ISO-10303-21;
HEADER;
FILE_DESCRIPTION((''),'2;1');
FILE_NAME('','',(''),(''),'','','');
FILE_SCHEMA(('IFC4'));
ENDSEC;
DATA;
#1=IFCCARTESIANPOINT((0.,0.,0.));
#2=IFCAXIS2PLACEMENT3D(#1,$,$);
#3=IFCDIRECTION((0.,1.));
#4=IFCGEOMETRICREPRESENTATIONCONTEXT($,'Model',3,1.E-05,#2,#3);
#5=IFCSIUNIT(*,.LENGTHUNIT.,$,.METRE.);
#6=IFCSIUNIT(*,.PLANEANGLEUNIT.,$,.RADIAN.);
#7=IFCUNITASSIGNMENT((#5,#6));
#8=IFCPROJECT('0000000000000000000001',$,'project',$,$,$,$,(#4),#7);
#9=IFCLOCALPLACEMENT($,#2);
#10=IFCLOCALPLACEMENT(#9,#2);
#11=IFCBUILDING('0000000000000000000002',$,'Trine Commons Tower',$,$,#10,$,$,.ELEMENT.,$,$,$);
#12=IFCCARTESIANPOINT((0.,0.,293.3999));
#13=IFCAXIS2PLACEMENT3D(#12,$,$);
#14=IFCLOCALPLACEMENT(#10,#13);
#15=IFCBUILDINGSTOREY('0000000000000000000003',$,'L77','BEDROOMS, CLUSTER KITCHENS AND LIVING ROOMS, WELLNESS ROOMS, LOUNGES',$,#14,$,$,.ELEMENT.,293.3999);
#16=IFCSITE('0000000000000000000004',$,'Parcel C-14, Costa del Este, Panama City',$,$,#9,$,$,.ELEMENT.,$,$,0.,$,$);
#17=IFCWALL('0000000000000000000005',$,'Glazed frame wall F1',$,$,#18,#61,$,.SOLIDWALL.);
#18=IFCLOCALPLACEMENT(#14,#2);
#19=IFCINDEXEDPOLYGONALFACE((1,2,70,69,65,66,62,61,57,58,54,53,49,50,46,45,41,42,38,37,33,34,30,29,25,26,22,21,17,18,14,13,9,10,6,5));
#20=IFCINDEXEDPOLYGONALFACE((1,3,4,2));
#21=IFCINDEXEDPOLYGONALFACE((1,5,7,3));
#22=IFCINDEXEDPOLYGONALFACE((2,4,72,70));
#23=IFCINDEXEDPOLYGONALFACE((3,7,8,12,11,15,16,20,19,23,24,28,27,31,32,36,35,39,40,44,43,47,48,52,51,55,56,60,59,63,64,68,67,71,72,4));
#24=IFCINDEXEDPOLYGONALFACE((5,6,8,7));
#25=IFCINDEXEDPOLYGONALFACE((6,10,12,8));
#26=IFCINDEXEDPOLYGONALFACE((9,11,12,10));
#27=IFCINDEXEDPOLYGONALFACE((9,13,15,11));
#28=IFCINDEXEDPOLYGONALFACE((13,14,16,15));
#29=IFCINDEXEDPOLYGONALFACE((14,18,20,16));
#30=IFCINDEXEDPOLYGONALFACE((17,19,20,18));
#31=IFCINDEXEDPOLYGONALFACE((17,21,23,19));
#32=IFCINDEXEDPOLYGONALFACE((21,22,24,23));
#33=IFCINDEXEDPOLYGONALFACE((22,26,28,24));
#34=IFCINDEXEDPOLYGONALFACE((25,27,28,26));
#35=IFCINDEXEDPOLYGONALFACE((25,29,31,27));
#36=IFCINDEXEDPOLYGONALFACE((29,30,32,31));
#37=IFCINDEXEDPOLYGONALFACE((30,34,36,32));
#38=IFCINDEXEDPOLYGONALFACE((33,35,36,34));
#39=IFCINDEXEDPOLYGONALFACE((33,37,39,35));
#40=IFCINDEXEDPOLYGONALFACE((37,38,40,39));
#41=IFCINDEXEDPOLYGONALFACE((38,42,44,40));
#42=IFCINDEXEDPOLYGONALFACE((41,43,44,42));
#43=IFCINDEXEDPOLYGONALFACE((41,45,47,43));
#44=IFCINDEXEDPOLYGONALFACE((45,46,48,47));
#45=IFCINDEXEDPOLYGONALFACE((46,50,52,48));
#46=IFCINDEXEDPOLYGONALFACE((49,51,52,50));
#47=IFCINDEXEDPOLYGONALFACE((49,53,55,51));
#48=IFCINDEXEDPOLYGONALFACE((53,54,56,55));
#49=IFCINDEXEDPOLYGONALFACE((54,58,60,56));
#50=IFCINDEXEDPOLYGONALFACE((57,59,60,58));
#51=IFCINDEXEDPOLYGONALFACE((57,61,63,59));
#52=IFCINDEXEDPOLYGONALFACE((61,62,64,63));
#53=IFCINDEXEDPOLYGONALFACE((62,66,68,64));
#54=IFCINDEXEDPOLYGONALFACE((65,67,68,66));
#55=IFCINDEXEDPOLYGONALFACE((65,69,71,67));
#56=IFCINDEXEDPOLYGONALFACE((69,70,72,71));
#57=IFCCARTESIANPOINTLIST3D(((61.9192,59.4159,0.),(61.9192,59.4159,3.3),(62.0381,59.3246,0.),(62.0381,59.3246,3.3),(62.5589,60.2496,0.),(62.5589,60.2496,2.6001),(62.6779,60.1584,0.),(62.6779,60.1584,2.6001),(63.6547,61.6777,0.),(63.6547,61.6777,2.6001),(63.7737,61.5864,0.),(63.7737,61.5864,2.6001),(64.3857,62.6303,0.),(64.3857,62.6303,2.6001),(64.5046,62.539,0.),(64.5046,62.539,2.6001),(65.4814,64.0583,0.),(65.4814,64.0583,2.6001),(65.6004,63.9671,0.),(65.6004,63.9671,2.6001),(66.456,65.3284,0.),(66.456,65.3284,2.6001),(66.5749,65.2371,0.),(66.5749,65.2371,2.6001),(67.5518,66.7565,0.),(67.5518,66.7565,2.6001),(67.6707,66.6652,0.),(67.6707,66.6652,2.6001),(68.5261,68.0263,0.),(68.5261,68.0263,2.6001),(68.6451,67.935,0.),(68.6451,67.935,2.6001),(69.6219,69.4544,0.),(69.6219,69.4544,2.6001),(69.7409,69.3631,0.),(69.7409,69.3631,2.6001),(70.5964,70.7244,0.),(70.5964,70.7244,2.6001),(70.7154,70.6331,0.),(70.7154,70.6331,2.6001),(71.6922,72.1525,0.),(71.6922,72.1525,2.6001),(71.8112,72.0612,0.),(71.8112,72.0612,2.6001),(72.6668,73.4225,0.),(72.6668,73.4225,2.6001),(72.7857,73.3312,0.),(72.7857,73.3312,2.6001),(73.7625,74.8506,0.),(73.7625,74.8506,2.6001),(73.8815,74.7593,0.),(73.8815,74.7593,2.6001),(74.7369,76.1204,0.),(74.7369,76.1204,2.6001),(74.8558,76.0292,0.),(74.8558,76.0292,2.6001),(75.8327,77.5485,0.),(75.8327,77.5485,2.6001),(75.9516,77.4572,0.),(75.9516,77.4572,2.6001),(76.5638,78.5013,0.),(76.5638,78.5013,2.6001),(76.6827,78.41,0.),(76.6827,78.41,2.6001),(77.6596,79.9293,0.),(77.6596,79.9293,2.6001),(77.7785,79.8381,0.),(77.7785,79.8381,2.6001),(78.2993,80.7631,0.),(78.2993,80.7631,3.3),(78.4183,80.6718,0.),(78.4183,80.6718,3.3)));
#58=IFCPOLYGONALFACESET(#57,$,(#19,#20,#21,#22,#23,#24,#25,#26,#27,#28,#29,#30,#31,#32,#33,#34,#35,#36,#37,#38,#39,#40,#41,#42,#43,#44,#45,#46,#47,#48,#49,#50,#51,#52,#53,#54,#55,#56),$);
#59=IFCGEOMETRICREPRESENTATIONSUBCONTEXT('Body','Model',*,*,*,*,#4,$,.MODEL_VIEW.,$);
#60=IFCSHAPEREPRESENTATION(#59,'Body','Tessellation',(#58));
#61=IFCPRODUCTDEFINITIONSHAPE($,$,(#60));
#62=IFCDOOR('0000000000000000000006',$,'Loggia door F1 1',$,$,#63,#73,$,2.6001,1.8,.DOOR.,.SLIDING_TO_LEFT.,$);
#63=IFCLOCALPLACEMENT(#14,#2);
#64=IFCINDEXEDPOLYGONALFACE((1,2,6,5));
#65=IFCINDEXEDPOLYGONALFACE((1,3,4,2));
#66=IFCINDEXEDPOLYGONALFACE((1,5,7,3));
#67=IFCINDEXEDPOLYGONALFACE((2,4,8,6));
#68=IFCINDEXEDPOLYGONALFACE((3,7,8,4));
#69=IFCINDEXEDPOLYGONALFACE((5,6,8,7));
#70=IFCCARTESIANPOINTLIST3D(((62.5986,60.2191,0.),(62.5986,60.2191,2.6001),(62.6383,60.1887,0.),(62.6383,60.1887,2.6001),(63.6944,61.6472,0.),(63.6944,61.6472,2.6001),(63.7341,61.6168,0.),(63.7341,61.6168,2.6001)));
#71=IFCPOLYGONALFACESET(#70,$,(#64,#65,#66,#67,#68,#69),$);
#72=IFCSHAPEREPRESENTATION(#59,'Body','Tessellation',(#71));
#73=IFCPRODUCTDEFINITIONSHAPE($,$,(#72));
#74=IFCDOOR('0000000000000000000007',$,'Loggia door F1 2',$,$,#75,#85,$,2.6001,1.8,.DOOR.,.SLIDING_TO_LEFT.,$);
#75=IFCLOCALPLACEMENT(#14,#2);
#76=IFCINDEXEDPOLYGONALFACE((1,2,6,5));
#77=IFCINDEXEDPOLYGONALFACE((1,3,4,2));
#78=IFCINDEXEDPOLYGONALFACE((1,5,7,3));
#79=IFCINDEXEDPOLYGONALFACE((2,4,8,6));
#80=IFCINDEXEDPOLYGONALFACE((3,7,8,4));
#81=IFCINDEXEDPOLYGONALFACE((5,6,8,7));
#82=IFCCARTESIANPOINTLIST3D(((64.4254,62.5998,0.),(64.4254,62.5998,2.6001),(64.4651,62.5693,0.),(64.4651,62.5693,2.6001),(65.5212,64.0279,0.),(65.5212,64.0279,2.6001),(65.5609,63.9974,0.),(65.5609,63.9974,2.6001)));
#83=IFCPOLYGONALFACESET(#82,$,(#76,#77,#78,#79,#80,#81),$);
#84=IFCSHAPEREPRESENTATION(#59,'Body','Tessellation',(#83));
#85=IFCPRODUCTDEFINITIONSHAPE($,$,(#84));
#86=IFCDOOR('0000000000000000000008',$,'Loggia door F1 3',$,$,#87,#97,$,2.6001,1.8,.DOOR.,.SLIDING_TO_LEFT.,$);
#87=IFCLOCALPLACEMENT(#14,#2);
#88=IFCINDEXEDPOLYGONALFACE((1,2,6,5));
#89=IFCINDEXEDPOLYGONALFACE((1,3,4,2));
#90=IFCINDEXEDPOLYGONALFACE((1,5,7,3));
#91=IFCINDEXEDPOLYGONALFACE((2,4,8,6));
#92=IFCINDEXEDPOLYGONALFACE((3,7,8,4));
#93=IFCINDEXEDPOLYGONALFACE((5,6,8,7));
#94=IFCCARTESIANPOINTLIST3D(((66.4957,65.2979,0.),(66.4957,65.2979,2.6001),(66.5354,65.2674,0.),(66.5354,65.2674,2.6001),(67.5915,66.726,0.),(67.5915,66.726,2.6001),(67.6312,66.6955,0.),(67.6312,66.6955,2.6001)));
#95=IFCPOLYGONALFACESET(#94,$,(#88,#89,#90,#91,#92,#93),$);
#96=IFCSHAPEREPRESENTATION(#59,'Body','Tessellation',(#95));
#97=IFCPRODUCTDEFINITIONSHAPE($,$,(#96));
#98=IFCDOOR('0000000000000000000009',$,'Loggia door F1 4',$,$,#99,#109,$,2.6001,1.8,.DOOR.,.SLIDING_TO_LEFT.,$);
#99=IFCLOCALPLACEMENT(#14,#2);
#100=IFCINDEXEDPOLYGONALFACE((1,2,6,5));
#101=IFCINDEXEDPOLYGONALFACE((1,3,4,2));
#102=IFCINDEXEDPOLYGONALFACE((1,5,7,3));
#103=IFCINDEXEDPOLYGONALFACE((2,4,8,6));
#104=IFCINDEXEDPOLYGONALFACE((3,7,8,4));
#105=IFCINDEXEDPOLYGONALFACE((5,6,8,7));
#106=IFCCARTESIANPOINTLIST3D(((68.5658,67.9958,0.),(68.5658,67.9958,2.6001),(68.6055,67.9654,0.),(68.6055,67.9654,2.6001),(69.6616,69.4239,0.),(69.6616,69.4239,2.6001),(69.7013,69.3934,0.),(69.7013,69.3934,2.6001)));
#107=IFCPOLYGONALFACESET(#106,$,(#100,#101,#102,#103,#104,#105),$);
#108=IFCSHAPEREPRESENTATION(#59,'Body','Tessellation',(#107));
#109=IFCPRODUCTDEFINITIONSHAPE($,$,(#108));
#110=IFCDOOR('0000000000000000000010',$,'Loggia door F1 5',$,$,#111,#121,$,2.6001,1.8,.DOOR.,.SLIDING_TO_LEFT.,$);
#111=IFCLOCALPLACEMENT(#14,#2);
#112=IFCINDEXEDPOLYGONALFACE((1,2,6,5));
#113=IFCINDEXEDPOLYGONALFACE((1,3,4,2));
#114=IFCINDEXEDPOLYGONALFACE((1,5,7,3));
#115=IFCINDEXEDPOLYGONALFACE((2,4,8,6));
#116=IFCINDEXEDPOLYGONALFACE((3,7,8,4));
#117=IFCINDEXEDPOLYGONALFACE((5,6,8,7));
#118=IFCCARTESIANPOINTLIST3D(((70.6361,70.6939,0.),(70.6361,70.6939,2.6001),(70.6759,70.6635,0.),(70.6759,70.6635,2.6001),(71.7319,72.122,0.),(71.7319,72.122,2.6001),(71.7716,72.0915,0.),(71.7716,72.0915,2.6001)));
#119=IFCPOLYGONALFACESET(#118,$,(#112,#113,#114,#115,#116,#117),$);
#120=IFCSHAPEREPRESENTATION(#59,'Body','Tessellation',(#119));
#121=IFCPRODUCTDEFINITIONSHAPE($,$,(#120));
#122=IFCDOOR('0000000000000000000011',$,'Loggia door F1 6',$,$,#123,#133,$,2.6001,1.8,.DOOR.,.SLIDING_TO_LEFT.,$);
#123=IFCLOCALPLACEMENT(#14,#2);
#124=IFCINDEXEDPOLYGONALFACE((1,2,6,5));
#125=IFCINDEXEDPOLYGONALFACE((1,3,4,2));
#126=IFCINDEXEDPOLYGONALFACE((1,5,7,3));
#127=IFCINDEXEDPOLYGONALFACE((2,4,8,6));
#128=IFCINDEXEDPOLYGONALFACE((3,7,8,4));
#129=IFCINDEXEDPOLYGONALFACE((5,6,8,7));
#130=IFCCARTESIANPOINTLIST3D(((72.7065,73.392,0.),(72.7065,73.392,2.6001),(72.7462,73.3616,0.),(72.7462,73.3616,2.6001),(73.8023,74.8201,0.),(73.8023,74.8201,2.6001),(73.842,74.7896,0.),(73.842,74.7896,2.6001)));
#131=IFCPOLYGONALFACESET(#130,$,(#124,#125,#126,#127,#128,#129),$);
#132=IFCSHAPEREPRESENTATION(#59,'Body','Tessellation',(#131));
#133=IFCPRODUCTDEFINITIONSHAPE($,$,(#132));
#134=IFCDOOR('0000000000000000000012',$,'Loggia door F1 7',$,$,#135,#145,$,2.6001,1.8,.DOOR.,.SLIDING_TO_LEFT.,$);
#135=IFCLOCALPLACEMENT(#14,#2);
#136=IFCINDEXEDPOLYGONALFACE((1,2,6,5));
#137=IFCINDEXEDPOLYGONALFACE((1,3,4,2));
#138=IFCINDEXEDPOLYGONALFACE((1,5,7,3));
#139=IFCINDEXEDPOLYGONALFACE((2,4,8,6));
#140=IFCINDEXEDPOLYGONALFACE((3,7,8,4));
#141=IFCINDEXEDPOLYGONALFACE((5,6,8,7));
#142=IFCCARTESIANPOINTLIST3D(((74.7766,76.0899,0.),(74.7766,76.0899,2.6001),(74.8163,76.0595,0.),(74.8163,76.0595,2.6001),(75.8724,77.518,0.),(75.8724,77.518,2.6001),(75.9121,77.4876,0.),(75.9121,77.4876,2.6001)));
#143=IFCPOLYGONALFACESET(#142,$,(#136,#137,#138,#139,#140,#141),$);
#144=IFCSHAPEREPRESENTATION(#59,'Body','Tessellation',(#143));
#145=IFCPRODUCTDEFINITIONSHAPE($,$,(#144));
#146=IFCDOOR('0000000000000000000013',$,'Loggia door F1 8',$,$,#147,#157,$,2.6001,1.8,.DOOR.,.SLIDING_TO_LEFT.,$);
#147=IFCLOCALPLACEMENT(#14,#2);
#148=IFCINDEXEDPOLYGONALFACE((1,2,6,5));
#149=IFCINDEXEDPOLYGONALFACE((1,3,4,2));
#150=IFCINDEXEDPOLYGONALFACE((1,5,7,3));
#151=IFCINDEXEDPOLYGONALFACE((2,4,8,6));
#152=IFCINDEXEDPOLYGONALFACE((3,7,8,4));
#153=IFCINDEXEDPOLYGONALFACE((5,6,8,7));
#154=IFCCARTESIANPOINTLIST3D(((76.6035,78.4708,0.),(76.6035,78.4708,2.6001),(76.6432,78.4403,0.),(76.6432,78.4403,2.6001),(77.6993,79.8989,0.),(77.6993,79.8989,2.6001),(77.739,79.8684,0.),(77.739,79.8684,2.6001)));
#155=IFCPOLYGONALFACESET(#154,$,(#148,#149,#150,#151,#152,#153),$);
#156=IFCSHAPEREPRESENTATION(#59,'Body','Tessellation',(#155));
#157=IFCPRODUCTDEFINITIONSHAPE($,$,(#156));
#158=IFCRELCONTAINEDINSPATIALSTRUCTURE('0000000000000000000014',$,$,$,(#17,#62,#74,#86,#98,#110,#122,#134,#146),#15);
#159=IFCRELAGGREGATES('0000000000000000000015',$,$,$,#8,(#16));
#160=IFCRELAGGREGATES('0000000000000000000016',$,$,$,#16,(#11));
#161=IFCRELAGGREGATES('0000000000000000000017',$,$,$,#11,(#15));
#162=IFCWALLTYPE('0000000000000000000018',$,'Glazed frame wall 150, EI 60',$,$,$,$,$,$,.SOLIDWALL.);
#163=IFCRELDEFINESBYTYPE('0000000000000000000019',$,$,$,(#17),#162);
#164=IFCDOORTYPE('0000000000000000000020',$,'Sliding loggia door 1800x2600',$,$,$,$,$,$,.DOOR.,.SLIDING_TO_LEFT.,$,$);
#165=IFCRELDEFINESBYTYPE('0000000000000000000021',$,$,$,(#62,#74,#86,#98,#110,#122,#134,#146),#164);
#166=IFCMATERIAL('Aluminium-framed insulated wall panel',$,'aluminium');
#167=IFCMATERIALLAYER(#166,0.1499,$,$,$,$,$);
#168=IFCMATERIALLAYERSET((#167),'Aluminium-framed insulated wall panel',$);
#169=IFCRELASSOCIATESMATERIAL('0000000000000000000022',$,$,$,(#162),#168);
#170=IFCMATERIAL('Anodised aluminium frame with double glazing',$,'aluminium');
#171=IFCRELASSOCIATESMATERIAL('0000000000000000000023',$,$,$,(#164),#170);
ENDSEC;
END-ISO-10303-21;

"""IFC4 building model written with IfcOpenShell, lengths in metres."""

from ifc_helpers import new_model, si_unit, direction, frame, frame_2d, origin, place, context, subcontext, project, spatial, polyline, rectangle, outline, extrude, material, layer, layer_set, type_object, element, fill, save


model = new_model("IFC4")

# Units and contexts
model_context = context("Model", 3, precision=1e-05, world=origin(), true_north=direction((0.0, 1.0)))
body_context = subcontext(model_context, "Body", "Model", "MODEL_VIEW")
ifc_project = project(units=[si_unit("LENGTHUNIT", "METRE"), si_unit("PLANEANGLEUNIT", "RADIAN")], contexts=[model_context])

# Site, building, storey
site_placement = place(None, origin())
site = spatial("IfcSite", under=ifc_project, at=site_placement, Name="Parcel C-14, Costa del Este, Panama City", CompositionType="ELEMENT", RefElevation=0.0)
building_placement = place(site_placement, origin())
building = spatial("IfcBuilding", under=site, at=building_placement, Name="Trine Commons Tower", CompositionType="ELEMENT")
storey_placement = place(building_placement, frame((0.0, 0.0, 293.3999)))
storey = spatial("IfcBuildingStorey", under=building, at=storey_placement, Name="L77", Description="BEDROOMS, CLUSTER KITCHENS AND LIVING ROOMS, WELLNESS ROOMS, LOUNGES", CompositionType="ELEMENT", Elevation=293.3999)

# Wall, openings, doors
ifc_material_1 = material(Name="Aluminium-framed insulated wall panel", Category="aluminium")
ifc_layer_1 = layer(ifc_material_1, 0.1499)
ifc_layer_set_1 = layer_set([ifc_layer_1], Name="Aluminium-framed insulated wall panel")
wall_type_1 = type_object("IfcWallType", Name="Glazed frame wall 150, EI 60", PredefinedType="SOLIDWALL", material=ifc_layer_set_1)
wall_1_placement = place(storey_placement, frame((61.8877, 59.2517, 0.0), z_axis=(0.0, 0.0, 1.0), x_axis=(0.608758, 0.793356, 0.0)))
wall_1 = element("IfcWall", 1, at=wall_1_placement, inside=storey, type_object=wall_type_1, Name="Glazed frame wall F1", PredefinedType="SOLIDWALL", context=body_context, shape_type="SweptSolid", body=[
    extrude(outline(polyline([(0.1494, 0.075), (0.1494, -0.075), (27.0569, -0.075), (27.0569, 0.075), (0.1494, 0.075)])), origin(), (0.0, 0.0, 1.0), 3.3),
])
opening_1_placement = place(wall_1_placement, frame((1.2004, 0.0, 0.0)))
opening_1 = element("IfcOpeningElement", 2, at=opening_1_placement, cuts=wall_1, PredefinedType="OPENING", context=body_context, shape_type="SweptSolid", body=[
    extrude(rectangle(XDim=1.8, YDim=2.6001, at=frame_2d((0.8999, 1.3))), frame((0.0, 0.085, 0.0), z_axis=(0.0, -1.0, 0.0), x_axis=(1.0, 0.0, 0.0)), (0.0, 0.0, 1.0), 0.1699),
])
opening_2_placement = place(wall_1_placement, frame((4.2012, 0.0, 0.0)))
opening_2 = element("IfcOpeningElement", 3, at=opening_2_placement, cuts=wall_1, PredefinedType="OPENING", context=body_context, shape_type="SweptSolid", body=[
    extrude(rectangle(XDim=1.8, YDim=2.6001, at=frame_2d((0.8999, 1.3))), frame((0.0, 0.085, 0.0), z_axis=(0.0, -1.0, 0.0), x_axis=(1.0, 0.0, 0.0)), (0.0, 0.0, 1.0), 0.1699),
])
opening_3_placement = place(wall_1_placement, frame((7.6021, 0.0, 0.0)))
opening_3 = element("IfcOpeningElement", 4, at=opening_3_placement, cuts=wall_1, PredefinedType="OPENING", context=body_context, shape_type="SweptSolid", body=[
    extrude(rectangle(XDim=1.8, YDim=2.6001, at=frame_2d((0.8999, 1.3))), frame((0.0, 0.085, 0.0), z_axis=(0.0, -1.0, 0.0), x_axis=(1.0, 0.0, 0.0)), (0.0, 0.0, 1.0), 0.1699),
])
opening_4_placement = place(wall_1_placement, frame((11.0027, 0.0, 0.0)))
opening_4 = element("IfcOpeningElement", 5, at=opening_4_placement, cuts=wall_1, PredefinedType="OPENING", context=body_context, shape_type="SweptSolid", body=[
    extrude(rectangle(XDim=1.8, YDim=2.6001, at=frame_2d((0.8999, 1.3))), frame((0.0, 0.085, 0.0), z_axis=(0.0, -1.0, 0.0), x_axis=(1.0, 0.0, 0.0)), (0.0, 0.0, 1.0), 0.1699),
])
opening_5_placement = place(wall_1_placement, frame((14.4036, 0.0, 0.0)))
opening_5 = element("IfcOpeningElement", 6, at=opening_5_placement, cuts=wall_1, PredefinedType="OPENING", context=body_context, shape_type="SweptSolid", body=[
    extrude(rectangle(XDim=1.8, YDim=2.6001, at=frame_2d((0.8999, 1.3))), frame((0.0, 0.085, 0.0), z_axis=(0.0, -1.0, 0.0), x_axis=(1.0, 0.0, 0.0)), (0.0, 0.0, 1.0), 0.1699),
])
opening_6_placement = place(wall_1_placement, frame((17.8044, 0.0, 0.0)))
opening_6 = element("IfcOpeningElement", 7, at=opening_6_placement, cuts=wall_1, PredefinedType="OPENING", context=body_context, shape_type="SweptSolid", body=[
    extrude(rectangle(XDim=1.8, YDim=2.6001, at=frame_2d((0.8999, 1.3))), frame((0.0, 0.085, 0.0), z_axis=(0.0, -1.0, 0.0), x_axis=(1.0, 0.0, 0.0)), (0.0, 0.0, 1.0), 0.1699),
])
opening_7_placement = place(wall_1_placement, frame((21.2051, 0.0, 0.0)))
opening_7 = element("IfcOpeningElement", 8, at=opening_7_placement, cuts=wall_1, PredefinedType="OPENING", context=body_context, shape_type="SweptSolid", body=[
    extrude(rectangle(XDim=1.8, YDim=2.6001, at=frame_2d((0.8999, 1.3))), frame((0.0, 0.085, 0.0), z_axis=(0.0, -1.0, 0.0), x_axis=(1.0, 0.0, 0.0)), (0.0, 0.0, 1.0), 0.1699),
])
opening_8_placement = place(wall_1_placement, frame((24.2061, 0.0, 0.0)))
opening_8 = element("IfcOpeningElement", 9, at=opening_8_placement, cuts=wall_1, PredefinedType="OPENING", context=body_context, shape_type="SweptSolid", body=[
    extrude(rectangle(XDim=1.8, YDim=2.6001, at=frame_2d((0.8999, 1.3))), frame((0.0, 0.085, 0.0), z_axis=(0.0, -1.0, 0.0), x_axis=(1.0, 0.0, 0.0)), (0.0, 0.0, 1.0), 0.1699),
])
ifc_material_2 = material(Name="Anodised aluminium frame with double glazing", Category="aluminium")
door_type_1 = type_object("IfcDoorType", Name="Sliding loggia door 1800x2600", OperationType="SLIDING_TO_LEFT", PredefinedType="DOOR", material=ifc_material_2)
door_1_placement = place(opening_1_placement, origin())
door_1 = element("IfcDoor", 10, at=door_1_placement, inside=storey, type_object=door_type_1, Name="Loggia door F1 1", OperationType="SLIDING_TO_LEFT", OverallHeight=2.6001, OverallWidth=1.8, PredefinedType="DOOR", context=body_context, shape_type="SweptSolid", body=[
    extrude(rectangle(XDim=1.8, YDim=2.6001, at=frame_2d((0.8999, 1.3))), frame((0.0, 0.0249, 0.0), z_axis=(0.0, -1.0, 0.0), x_axis=(1.0, 0.0, 0.0)), (0.0, 0.0, 1.0), 0.05),
])
fill(opening_1, door_1)
door_2_placement = place(opening_2_placement, origin())
door_2 = element("IfcDoor", 11, at=door_2_placement, inside=storey, type_object=door_type_1, Name="Loggia door F1 2", OperationType="SLIDING_TO_LEFT", OverallHeight=2.6001, OverallWidth=1.8, PredefinedType="DOOR", context=body_context, shape_type="SweptSolid", body=[
    extrude(rectangle(XDim=1.8, YDim=2.6001, at=frame_2d((0.8999, 1.3))), frame((0.0, 0.0249, 0.0), z_axis=(0.0, -1.0, 0.0), x_axis=(1.0, 0.0, 0.0)), (0.0, 0.0, 1.0), 0.05),
])
fill(opening_2, door_2)
door_3_placement = place(opening_3_placement, origin())
door_3 = element("IfcDoor", 12, at=door_3_placement, inside=storey, type_object=door_type_1, Name="Loggia door F1 3", OperationType="SLIDING_TO_LEFT", OverallHeight=2.6001, OverallWidth=1.8, PredefinedType="DOOR", context=body_context, shape_type="SweptSolid", body=[
    extrude(rectangle(XDim=1.8, YDim=2.6001, at=frame_2d((0.8999, 1.3))), frame((0.0, 0.0249, 0.0), z_axis=(0.0, -1.0, 0.0), x_axis=(1.0, 0.0, 0.0)), (0.0, 0.0, 1.0), 0.05),
])
fill(opening_3, door_3)
door_4_placement = place(opening_4_placement, origin())
door_4 = element("IfcDoor", 13, at=door_4_placement, inside=storey, type_object=door_type_1, Name="Loggia door F1 4", OperationType="SLIDING_TO_LEFT", OverallHeight=2.6001, OverallWidth=1.8, PredefinedType="DOOR", context=body_context, shape_type="SweptSolid", body=[
    extrude(rectangle(XDim=1.8, YDim=2.6001, at=frame_2d((0.8999, 1.3))), frame((0.0, 0.0249, 0.0), z_axis=(0.0, -1.0, 0.0), x_axis=(1.0, 0.0, 0.0)), (0.0, 0.0, 1.0), 0.05),
])
fill(opening_4, door_4)
door_5_placement = place(opening_5_placement, origin())
door_5 = element("IfcDoor", 14, at=door_5_placement, inside=storey, type_object=door_type_1, Name="Loggia door F1 5", OperationType="SLIDING_TO_LEFT", OverallHeight=2.6001, OverallWidth=1.8, PredefinedType="DOOR", context=body_context, shape_type="SweptSolid", body=[
    extrude(rectangle(XDim=1.8, YDim=2.6001, at=frame_2d((0.8999, 1.3))), frame((0.0, 0.0249, 0.0), z_axis=(0.0, -1.0, 0.0), x_axis=(1.0, 0.0, 0.0)), (0.0, 0.0, 1.0), 0.05),
])
fill(opening_5, door_5)
door_6_placement = place(opening_6_placement, origin())
door_6 = element("IfcDoor", 15, at=door_6_placement, inside=storey, type_object=door_type_1, Name="Loggia door F1 6", OperationType="SLIDING_TO_LEFT", OverallHeight=2.6001, OverallWidth=1.8, PredefinedType="DOOR", context=body_context, shape_type="SweptSolid", body=[
    extrude(rectangle(XDim=1.8, YDim=2.6001, at=frame_2d((0.8999, 1.3))), frame((0.0, 0.0249, 0.0), z_axis=(0.0, -1.0, 0.0), x_axis=(1.0, 0.0, 0.0)), (0.0, 0.0, 1.0), 0.05),
])
fill(opening_6, door_6)
door_7_placement = place(opening_7_placement, origin())
door_7 = element("IfcDoor", 16, at=door_7_placement, inside=storey, type_object=door_type_1, Name="Loggia door F1 7", OperationType="SLIDING_TO_LEFT", OverallHeight=2.6001, OverallWidth=1.8, PredefinedType="DOOR", context=body_context, shape_type="SweptSolid", body=[
    extrude(rectangle(XDim=1.8, YDim=2.6001, at=frame_2d((0.8999, 1.3))), frame((0.0, 0.0249, 0.0), z_axis=(0.0, -1.0, 0.0), x_axis=(1.0, 0.0, 0.0)), (0.0, 0.0, 1.0), 0.05),
])
fill(opening_7, door_7)
door_8_placement = place(opening_8_placement, origin())
door_8 = element("IfcDoor", 17, at=door_8_placement, inside=storey, type_object=door_type_1, Name="Loggia door F1 8", OperationType="SLIDING_TO_LEFT", OverallHeight=2.6001, OverallWidth=1.8, PredefinedType="DOOR", context=body_context, shape_type="SweptSolid", body=[
    extrude(rectangle(XDim=1.8, YDim=2.6001, at=frame_2d((0.8999, 1.3))), frame((0.0, 0.0249, 0.0), z_axis=(0.0, -1.0, 0.0), x_axis=(1.0, 0.0, 0.0)), (0.0, 0.0, 1.0), 0.05),
])
fill(opening_8, door_8)

save(model, "model.ifc")
